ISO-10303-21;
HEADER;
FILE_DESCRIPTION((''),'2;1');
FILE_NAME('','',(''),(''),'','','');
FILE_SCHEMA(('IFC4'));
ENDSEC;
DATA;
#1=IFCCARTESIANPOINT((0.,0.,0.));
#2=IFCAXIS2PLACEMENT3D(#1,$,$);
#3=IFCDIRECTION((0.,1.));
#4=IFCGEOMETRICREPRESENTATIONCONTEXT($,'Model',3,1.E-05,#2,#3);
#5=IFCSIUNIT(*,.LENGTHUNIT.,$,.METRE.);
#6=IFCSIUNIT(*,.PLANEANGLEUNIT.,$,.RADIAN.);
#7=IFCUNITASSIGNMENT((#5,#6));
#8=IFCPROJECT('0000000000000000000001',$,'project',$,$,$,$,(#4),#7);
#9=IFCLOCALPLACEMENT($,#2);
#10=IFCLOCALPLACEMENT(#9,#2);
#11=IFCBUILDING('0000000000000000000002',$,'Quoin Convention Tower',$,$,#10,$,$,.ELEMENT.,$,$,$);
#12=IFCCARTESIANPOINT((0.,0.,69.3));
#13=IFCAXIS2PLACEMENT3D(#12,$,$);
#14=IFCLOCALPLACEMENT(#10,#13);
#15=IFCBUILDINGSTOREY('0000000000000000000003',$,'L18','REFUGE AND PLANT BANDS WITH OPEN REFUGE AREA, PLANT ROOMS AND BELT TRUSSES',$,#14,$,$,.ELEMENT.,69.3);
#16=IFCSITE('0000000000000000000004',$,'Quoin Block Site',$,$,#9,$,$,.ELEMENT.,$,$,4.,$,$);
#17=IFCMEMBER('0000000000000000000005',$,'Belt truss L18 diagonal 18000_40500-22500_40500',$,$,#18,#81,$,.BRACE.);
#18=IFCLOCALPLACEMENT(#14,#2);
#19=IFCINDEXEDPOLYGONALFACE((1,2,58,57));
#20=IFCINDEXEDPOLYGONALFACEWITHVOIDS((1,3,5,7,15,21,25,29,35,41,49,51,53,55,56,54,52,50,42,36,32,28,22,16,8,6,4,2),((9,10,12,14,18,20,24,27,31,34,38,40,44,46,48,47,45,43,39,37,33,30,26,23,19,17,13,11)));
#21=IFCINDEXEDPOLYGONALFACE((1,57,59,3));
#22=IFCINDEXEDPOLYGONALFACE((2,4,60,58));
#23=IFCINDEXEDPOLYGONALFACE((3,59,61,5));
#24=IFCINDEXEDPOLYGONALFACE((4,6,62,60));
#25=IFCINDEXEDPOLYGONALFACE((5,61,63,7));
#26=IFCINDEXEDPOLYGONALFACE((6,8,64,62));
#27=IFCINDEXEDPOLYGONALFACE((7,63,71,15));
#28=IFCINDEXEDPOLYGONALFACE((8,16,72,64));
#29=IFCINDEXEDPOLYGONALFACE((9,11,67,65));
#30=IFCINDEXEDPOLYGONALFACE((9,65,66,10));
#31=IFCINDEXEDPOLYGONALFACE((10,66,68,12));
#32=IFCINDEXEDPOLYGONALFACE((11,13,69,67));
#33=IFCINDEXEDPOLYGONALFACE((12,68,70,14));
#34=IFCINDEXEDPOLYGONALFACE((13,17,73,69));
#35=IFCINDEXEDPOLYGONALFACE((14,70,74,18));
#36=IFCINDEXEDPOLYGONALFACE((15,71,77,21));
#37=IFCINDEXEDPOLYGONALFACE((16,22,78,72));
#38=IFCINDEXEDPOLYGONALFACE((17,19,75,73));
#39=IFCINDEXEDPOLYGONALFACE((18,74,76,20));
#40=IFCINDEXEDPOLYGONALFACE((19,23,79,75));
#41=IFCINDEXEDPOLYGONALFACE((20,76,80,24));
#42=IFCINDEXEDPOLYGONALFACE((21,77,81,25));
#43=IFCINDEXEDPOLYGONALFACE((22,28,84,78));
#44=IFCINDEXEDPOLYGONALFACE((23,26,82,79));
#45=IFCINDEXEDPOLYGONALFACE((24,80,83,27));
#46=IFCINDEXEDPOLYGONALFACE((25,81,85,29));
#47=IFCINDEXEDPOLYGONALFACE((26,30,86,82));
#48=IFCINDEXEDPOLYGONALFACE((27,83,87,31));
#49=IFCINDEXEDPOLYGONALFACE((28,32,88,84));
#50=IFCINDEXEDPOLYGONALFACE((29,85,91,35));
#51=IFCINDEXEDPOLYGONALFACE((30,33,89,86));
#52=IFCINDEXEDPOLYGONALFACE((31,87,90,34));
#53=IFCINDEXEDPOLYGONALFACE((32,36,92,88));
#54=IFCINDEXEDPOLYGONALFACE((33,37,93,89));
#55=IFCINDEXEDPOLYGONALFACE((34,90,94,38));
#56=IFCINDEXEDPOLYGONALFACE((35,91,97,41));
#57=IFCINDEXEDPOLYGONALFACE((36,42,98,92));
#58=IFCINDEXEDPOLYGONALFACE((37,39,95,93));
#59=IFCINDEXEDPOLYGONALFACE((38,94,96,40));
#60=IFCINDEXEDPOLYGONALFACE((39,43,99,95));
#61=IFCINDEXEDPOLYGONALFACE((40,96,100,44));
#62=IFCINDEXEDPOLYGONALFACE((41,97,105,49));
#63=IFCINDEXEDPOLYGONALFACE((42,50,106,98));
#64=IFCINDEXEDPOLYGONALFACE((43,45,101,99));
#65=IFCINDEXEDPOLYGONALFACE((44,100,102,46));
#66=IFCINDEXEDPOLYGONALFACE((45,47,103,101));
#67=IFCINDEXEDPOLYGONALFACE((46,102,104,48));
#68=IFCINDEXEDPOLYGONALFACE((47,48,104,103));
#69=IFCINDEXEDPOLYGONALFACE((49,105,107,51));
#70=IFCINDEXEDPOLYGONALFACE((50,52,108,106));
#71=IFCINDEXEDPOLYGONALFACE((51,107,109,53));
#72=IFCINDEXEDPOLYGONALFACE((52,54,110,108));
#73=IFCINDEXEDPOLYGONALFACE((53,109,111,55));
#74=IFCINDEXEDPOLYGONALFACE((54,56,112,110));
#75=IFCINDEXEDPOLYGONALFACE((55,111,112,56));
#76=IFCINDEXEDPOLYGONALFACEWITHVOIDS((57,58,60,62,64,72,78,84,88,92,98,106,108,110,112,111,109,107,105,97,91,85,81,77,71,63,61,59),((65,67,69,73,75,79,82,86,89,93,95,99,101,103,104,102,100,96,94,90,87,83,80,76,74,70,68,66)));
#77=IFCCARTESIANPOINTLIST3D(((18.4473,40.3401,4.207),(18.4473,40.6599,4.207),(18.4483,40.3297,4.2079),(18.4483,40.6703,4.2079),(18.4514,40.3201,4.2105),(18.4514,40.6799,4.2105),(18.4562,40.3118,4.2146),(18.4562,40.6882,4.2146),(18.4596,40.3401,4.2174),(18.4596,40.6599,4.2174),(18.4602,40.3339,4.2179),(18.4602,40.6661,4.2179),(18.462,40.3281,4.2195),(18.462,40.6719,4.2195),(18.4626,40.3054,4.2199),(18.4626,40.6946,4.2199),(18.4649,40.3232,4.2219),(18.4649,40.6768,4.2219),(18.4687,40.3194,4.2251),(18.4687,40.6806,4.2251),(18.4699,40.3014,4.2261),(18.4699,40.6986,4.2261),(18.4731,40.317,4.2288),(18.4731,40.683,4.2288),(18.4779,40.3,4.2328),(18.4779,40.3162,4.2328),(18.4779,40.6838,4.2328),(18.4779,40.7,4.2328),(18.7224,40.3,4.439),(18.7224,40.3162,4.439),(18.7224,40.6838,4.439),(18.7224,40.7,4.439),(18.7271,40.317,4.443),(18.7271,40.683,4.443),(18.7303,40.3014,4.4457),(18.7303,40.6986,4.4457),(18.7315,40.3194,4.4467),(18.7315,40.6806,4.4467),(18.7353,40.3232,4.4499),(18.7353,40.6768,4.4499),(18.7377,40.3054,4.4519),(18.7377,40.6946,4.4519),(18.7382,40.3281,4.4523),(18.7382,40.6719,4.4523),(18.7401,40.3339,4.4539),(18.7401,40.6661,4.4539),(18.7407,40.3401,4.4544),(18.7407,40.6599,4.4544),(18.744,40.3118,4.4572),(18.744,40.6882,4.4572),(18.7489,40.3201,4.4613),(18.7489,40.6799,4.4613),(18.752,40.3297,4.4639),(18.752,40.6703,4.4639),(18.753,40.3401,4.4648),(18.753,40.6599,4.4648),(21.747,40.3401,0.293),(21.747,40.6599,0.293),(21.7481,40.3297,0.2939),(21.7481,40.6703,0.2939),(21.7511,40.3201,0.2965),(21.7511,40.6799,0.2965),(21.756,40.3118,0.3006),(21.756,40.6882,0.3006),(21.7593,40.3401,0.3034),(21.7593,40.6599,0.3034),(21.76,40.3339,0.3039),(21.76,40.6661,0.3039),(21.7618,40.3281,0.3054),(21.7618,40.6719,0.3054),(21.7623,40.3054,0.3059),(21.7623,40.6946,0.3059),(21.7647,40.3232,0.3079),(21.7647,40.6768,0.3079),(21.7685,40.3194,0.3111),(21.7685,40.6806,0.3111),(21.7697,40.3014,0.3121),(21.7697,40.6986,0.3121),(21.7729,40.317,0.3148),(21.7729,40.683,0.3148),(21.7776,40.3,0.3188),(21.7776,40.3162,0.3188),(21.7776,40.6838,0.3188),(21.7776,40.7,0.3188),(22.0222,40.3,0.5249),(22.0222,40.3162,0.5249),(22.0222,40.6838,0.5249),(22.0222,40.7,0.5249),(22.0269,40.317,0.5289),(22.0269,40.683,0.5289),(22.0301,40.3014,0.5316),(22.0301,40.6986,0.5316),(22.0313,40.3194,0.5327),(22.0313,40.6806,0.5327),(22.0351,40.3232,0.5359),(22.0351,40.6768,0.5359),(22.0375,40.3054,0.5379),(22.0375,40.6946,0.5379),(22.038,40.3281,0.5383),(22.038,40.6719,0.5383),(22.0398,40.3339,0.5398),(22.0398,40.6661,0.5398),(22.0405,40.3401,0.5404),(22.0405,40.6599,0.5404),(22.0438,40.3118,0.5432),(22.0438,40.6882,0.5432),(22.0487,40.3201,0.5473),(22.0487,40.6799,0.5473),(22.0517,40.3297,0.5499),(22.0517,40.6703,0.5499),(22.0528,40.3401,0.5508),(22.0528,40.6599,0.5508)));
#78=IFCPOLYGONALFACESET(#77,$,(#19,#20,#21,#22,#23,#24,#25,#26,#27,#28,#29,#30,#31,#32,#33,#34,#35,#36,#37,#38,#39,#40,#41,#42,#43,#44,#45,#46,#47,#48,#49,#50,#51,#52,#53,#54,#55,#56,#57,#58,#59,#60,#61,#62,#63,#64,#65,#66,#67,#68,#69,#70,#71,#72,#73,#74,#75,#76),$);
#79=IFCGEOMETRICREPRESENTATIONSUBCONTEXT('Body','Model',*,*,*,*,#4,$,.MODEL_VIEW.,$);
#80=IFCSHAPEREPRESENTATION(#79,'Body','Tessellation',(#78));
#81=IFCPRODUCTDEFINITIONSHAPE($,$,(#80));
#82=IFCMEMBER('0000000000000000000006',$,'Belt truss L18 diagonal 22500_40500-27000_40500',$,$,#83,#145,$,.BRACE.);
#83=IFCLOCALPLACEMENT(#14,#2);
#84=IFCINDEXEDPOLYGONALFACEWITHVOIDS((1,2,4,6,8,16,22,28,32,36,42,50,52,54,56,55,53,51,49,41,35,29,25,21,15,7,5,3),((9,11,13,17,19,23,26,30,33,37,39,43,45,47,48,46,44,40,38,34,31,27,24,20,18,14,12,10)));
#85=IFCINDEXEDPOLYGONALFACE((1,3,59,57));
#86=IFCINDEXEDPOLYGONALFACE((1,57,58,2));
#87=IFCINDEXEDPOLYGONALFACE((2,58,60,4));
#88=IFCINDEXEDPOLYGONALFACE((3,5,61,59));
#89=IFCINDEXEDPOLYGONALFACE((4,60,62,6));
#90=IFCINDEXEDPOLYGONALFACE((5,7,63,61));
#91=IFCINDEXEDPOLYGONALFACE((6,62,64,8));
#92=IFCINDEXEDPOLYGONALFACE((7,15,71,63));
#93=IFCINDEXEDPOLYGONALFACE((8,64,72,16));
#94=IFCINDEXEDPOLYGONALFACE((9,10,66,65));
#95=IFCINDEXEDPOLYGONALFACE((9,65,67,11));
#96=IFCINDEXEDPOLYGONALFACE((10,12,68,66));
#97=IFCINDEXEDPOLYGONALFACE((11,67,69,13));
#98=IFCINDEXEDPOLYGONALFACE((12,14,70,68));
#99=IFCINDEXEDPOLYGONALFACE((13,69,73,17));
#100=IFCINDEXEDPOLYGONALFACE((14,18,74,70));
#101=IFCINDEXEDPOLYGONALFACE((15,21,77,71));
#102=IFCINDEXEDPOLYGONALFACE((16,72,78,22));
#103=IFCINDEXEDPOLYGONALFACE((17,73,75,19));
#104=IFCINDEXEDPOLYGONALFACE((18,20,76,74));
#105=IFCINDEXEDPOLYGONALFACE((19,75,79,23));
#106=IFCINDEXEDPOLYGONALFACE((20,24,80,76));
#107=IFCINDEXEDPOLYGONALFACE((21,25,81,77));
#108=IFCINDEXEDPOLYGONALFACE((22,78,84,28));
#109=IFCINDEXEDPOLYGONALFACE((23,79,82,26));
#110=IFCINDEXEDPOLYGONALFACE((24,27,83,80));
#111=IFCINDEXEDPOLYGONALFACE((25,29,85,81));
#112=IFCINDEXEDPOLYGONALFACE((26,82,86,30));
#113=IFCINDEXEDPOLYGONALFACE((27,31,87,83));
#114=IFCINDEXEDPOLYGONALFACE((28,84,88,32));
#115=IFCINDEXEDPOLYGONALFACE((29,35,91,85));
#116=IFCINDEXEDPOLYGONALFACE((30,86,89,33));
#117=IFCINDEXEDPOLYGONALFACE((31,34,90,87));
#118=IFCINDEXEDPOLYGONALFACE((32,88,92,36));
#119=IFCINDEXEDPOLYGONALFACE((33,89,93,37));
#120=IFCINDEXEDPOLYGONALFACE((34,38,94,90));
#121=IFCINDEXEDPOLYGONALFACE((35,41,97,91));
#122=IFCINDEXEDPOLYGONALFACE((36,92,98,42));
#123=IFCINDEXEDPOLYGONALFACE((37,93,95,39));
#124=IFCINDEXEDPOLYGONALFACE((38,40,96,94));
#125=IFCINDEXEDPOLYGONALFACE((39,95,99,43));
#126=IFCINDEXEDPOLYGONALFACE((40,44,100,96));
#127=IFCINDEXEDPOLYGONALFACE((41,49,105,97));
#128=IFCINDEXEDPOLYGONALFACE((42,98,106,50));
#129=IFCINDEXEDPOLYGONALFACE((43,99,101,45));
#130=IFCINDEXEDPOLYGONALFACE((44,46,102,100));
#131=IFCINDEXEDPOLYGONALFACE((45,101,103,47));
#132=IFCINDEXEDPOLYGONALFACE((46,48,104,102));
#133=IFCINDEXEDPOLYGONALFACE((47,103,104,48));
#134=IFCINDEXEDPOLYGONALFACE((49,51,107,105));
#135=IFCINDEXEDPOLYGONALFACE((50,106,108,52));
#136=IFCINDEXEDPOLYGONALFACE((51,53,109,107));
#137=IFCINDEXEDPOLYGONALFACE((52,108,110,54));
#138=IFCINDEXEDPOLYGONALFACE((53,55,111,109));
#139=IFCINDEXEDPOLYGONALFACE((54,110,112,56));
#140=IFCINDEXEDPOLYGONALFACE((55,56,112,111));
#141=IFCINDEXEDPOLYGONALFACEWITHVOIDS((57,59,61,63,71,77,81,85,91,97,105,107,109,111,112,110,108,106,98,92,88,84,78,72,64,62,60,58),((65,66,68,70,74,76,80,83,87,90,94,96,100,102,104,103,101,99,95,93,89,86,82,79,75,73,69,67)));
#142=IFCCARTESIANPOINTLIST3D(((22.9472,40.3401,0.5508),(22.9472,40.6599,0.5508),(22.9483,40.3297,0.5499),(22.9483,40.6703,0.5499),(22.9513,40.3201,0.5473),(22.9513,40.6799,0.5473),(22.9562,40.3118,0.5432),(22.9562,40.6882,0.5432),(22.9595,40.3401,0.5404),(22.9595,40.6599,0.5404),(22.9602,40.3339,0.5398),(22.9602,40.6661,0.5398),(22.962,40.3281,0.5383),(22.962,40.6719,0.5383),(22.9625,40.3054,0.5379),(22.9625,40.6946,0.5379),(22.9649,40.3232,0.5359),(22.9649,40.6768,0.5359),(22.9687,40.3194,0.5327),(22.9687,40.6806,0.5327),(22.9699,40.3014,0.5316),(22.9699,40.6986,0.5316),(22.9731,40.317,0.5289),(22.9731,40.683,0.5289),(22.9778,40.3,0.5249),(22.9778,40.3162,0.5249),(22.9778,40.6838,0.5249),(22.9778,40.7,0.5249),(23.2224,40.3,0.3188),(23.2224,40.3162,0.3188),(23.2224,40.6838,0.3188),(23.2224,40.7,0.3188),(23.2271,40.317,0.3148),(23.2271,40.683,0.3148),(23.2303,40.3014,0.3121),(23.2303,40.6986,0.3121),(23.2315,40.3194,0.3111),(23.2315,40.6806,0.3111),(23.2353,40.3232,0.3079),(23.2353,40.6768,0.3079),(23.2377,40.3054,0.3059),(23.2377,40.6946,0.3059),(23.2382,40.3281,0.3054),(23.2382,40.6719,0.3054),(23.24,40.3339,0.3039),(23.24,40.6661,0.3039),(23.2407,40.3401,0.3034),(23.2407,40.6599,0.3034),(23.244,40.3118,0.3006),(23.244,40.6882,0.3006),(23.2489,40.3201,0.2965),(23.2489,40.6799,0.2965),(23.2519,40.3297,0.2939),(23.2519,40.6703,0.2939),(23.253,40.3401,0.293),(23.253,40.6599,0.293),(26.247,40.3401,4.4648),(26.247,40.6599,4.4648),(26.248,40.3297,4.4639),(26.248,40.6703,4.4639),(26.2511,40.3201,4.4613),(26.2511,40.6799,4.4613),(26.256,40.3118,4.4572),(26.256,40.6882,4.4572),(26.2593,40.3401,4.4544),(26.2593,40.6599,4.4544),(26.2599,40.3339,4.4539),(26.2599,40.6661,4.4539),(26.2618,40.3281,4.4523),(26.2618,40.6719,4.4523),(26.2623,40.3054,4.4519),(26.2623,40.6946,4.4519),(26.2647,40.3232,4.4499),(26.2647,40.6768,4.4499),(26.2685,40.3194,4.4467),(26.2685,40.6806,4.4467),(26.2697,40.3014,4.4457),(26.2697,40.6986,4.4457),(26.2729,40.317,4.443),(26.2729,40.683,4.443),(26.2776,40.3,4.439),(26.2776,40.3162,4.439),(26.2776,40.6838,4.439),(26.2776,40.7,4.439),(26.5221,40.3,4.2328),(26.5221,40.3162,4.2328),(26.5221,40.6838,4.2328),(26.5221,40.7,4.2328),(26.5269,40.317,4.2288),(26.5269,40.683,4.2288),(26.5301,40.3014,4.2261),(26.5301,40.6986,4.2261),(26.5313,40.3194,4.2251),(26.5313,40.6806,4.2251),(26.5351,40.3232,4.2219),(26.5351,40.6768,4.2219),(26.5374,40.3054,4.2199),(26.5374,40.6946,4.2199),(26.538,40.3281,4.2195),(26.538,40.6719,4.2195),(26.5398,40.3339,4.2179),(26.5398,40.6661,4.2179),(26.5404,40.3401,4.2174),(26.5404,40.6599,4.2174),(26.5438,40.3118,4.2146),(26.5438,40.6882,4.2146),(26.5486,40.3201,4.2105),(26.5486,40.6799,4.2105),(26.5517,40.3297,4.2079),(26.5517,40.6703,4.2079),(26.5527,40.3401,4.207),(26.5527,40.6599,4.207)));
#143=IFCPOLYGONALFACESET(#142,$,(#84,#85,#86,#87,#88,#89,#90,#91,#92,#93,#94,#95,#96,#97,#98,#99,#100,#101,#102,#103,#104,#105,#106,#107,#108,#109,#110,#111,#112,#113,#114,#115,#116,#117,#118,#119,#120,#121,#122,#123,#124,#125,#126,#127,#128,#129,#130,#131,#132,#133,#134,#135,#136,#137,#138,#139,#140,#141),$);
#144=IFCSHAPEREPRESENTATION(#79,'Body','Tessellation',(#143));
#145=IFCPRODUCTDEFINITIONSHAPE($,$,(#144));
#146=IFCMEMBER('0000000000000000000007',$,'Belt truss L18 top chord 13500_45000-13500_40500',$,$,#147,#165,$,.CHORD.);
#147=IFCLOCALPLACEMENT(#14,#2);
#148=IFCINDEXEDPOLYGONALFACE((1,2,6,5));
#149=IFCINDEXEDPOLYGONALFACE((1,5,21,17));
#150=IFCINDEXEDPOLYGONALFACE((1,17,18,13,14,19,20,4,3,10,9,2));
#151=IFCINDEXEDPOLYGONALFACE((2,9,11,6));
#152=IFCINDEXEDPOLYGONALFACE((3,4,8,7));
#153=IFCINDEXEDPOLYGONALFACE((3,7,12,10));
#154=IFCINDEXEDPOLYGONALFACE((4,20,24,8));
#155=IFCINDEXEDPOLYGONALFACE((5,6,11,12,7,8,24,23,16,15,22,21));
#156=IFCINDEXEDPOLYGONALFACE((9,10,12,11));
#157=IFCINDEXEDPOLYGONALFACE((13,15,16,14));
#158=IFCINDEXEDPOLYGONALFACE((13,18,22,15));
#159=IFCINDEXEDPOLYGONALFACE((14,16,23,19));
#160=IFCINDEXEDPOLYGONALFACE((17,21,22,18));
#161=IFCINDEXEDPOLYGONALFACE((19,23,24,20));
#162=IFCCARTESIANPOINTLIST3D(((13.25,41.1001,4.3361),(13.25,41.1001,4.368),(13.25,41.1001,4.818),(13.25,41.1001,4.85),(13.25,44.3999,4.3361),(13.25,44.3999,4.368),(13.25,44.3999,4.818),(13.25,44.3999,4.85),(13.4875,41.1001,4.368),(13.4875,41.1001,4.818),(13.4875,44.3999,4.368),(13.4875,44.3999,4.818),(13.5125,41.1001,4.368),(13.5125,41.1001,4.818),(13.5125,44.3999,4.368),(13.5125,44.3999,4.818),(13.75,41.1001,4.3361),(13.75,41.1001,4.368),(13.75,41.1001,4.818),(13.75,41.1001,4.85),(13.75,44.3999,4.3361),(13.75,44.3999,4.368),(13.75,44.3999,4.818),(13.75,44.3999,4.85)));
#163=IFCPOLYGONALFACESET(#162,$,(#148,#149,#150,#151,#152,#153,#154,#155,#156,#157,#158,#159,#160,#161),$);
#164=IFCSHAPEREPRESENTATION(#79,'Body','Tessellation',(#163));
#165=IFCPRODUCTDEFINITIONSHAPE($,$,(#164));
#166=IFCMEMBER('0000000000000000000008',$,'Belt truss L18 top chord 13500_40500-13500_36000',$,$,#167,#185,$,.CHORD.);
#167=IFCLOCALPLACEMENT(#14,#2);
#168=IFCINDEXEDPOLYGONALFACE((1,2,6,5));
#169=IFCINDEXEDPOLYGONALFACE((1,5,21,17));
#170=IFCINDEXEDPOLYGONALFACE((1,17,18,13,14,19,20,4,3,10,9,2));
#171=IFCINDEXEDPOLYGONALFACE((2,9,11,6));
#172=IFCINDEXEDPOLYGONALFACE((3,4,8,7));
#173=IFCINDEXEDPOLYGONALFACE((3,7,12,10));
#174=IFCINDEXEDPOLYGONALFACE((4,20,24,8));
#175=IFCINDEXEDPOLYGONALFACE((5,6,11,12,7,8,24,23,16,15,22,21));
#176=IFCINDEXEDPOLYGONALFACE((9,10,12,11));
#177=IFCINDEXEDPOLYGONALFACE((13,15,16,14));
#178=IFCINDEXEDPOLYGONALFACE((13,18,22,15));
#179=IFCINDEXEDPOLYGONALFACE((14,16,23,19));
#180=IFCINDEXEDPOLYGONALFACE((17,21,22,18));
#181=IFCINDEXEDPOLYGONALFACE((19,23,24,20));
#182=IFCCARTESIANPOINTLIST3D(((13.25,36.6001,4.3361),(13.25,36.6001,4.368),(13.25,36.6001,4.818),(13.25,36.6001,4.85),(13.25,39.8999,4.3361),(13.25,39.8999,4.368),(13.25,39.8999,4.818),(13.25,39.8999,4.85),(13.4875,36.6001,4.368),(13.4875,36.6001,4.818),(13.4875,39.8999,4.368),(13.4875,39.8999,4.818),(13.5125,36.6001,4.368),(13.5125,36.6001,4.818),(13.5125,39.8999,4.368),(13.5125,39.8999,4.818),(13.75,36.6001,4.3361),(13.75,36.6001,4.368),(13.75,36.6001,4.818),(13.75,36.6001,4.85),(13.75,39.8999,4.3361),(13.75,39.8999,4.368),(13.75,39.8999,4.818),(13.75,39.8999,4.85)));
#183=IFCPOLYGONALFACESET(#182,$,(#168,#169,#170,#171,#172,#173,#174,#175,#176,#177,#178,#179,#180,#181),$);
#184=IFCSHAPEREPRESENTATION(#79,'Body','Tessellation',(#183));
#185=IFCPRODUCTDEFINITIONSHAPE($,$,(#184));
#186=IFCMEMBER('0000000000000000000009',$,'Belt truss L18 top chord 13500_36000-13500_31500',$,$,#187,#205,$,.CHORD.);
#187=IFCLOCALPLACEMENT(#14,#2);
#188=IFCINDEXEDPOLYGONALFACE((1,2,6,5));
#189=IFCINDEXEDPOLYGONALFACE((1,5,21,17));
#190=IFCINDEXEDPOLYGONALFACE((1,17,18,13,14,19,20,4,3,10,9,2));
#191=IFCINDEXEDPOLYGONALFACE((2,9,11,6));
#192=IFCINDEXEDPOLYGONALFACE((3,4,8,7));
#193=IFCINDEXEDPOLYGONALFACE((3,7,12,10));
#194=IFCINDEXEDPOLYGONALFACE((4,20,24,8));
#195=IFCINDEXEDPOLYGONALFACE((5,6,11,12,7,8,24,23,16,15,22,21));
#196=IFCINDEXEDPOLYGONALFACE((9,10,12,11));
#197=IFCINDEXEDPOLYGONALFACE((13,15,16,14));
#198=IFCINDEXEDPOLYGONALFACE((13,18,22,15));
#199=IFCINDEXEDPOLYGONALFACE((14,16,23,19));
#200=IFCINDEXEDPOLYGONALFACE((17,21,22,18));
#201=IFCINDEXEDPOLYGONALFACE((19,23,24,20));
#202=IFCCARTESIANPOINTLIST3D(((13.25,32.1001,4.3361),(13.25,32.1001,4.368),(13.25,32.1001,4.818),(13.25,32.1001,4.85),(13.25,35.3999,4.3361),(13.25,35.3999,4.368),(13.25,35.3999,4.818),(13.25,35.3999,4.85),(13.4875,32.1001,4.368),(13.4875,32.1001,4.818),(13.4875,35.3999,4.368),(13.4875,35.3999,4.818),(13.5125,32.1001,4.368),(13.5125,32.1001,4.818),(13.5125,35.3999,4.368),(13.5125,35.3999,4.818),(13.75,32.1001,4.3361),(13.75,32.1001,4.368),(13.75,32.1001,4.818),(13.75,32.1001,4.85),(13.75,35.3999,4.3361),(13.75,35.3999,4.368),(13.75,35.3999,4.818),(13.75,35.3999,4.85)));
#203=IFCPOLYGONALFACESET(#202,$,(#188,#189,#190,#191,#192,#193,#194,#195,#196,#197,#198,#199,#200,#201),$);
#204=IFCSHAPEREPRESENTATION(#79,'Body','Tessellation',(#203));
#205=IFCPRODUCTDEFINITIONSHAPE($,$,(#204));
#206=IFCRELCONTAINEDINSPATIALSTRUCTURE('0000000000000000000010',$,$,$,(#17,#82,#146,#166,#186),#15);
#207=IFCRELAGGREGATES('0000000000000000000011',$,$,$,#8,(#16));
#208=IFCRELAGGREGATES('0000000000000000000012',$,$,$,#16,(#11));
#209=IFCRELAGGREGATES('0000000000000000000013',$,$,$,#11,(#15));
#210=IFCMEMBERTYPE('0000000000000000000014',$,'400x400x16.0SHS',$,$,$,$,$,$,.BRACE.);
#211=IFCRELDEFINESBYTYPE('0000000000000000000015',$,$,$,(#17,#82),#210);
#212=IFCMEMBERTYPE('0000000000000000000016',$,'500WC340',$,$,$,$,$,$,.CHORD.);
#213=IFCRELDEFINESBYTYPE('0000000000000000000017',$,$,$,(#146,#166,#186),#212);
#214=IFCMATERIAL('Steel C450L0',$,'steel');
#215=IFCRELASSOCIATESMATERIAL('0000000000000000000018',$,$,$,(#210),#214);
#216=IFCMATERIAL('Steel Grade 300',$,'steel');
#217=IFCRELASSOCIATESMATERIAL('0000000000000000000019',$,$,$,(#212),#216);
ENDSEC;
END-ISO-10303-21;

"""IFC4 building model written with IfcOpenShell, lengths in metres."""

from ifc_helpers import new_model, si_unit, direction, frame, origin, origin_2d, place, context, subcontext, project, spatial, hollow_rectangle, i_section, extrude, material, material_profile, profile_set, type_object, element, save


model = new_model("IFC4")

# Units and contexts
model_context = context("Model", 3, precision=1e-05, world=origin(), true_north=direction((0.0, 1.0)))
body_context = subcontext(model_context, "Body", "Model", "MODEL_VIEW")
ifc_project = project(units=[si_unit("LENGTHUNIT", "METRE"), si_unit("PLANEANGLEUNIT", "RADIAN")], contexts=[model_context])

# Site, building, storey
site_placement = place(None, origin())
site = spatial("IfcSite", under=ifc_project, at=site_placement, Name="Quoin Block Site", CompositionType="ELEMENT", RefElevation=4.0)
building_placement = place(site_placement, origin())
building = spatial("IfcBuilding", under=site, at=building_placement, Name="Quoin Convention Tower", CompositionType="ELEMENT")
storey_placement = place(building_placement, frame((0.0, 0.0, 69.3)))
storey = spatial("IfcBuildingStorey", under=building, at=storey_placement, Name="L18", Description="REFUGE AND PLANT BANDS WITH OPEN REFUGE AREA, PLANT ROOMS AND BELT TRUSSES", CompositionType="ELEMENT", Elevation=69.3)

# Shared definitions
ifc_material_1 = material(Name="Steel Grade 300", Category="steel")

# Members
ifc_material_2 = material(Name="Steel C450L0", Category="steel")
ifc_material_profile_1 = material_profile(ifc_material_2, hollow_rectangle(XDim=0.3999, YDim=0.3999, WallThickness=0.0161, InnerFilletRadius=0.0239, OuterFilletRadius=0.04, at=origin_2d()), Name="400x400x16.0SHS")
ifc_profile_set_1 = profile_set([ifc_material_profile_1], Name="Steel C450L0")
member_type_1 = type_object("IfcMemberType", Name="400x400x16.0SHS", PredefinedType="BRACE", material=ifc_profile_set_1)
for number, where, z_axis, x_axis, name in (
    (1, (21.8999, 40.5, 0.4219), (-0.644564, 0.0, 0.76455), (0.0, -1.0, 0.0), "Belt truss L18 diagonal 18000_40500-22500_40500"),
    (2, (23.1001, 40.5, 0.4219), (0.644564, 0.0, 0.76455), (0.0, 1.0, 0.0), "Belt truss L18 diagonal 22500_40500-27000_40500"),
):
    element("IfcMember", number, at=place(storey_placement, frame(where, z_axis=z_axis, x_axis=x_axis)), inside=storey, type_object=member_type_1, Name=name, PredefinedType="BRACE", context=body_context, shape_type="SweptSolid", body=[
        extrude(hollow_rectangle(XDim=0.3999, YDim=0.3999, WallThickness=0.0161, InnerFilletRadius=0.0239, OuterFilletRadius=0.04, at=origin_2d()), origin(), (0.0, 0.0, 1.0), 5.1194),
    ])
ifc_material_profile_2 = material_profile(ifc_material_1, i_section(OverallWidth=0.5, OverallDepth=0.5139, WebThickness=0.0249, FlangeThickness=0.032, at=origin_2d()), Name="500WC340")
ifc_profile_set_2 = profile_set([ifc_material_profile_2], Name="Steel Grade 300")
member_type_2 = type_object("IfcMemberType", Name="500WC340", PredefinedType="CHORD", material=ifc_profile_set_2)
for number, where, z_axis, x_axis, name in (
    (3, (13.5, 44.3999, 4.593), (0.0, -1.0, 0.0), (1.0, 0.0, 0.0), "Belt truss L18 top chord 13500_45000-13500_40500"),
    (4, (13.5, 39.8999, 4.593), (0.0, -1.0, 0.0), (1.0, 0.0, 0.0), "Belt truss L18 top chord 13500_40500-13500_36000"),
    (5, (13.5, 35.3999, 4.593), (0.0, -1.0, 0.0), (1.0, 0.0, 0.0), "Belt truss L18 top chord 13500_36000-13500_31500"),
):
    element("IfcMember", number, at=place(storey_placement, frame(where, z_axis=z_axis, x_axis=x_axis)), inside=storey, type_object=member_type_2, Name=name, PredefinedType="CHORD", context=body_context, shape_type="SweptSolid", body=[
        extrude(i_section(OverallWidth=0.5, OverallDepth=0.5139, WebThickness=0.0249, FlangeThickness=0.032, at=origin_2d()), origin(), (0.0, 0.0, 1.0), 3.2998),
    ])

save(model, "model.ifc")
